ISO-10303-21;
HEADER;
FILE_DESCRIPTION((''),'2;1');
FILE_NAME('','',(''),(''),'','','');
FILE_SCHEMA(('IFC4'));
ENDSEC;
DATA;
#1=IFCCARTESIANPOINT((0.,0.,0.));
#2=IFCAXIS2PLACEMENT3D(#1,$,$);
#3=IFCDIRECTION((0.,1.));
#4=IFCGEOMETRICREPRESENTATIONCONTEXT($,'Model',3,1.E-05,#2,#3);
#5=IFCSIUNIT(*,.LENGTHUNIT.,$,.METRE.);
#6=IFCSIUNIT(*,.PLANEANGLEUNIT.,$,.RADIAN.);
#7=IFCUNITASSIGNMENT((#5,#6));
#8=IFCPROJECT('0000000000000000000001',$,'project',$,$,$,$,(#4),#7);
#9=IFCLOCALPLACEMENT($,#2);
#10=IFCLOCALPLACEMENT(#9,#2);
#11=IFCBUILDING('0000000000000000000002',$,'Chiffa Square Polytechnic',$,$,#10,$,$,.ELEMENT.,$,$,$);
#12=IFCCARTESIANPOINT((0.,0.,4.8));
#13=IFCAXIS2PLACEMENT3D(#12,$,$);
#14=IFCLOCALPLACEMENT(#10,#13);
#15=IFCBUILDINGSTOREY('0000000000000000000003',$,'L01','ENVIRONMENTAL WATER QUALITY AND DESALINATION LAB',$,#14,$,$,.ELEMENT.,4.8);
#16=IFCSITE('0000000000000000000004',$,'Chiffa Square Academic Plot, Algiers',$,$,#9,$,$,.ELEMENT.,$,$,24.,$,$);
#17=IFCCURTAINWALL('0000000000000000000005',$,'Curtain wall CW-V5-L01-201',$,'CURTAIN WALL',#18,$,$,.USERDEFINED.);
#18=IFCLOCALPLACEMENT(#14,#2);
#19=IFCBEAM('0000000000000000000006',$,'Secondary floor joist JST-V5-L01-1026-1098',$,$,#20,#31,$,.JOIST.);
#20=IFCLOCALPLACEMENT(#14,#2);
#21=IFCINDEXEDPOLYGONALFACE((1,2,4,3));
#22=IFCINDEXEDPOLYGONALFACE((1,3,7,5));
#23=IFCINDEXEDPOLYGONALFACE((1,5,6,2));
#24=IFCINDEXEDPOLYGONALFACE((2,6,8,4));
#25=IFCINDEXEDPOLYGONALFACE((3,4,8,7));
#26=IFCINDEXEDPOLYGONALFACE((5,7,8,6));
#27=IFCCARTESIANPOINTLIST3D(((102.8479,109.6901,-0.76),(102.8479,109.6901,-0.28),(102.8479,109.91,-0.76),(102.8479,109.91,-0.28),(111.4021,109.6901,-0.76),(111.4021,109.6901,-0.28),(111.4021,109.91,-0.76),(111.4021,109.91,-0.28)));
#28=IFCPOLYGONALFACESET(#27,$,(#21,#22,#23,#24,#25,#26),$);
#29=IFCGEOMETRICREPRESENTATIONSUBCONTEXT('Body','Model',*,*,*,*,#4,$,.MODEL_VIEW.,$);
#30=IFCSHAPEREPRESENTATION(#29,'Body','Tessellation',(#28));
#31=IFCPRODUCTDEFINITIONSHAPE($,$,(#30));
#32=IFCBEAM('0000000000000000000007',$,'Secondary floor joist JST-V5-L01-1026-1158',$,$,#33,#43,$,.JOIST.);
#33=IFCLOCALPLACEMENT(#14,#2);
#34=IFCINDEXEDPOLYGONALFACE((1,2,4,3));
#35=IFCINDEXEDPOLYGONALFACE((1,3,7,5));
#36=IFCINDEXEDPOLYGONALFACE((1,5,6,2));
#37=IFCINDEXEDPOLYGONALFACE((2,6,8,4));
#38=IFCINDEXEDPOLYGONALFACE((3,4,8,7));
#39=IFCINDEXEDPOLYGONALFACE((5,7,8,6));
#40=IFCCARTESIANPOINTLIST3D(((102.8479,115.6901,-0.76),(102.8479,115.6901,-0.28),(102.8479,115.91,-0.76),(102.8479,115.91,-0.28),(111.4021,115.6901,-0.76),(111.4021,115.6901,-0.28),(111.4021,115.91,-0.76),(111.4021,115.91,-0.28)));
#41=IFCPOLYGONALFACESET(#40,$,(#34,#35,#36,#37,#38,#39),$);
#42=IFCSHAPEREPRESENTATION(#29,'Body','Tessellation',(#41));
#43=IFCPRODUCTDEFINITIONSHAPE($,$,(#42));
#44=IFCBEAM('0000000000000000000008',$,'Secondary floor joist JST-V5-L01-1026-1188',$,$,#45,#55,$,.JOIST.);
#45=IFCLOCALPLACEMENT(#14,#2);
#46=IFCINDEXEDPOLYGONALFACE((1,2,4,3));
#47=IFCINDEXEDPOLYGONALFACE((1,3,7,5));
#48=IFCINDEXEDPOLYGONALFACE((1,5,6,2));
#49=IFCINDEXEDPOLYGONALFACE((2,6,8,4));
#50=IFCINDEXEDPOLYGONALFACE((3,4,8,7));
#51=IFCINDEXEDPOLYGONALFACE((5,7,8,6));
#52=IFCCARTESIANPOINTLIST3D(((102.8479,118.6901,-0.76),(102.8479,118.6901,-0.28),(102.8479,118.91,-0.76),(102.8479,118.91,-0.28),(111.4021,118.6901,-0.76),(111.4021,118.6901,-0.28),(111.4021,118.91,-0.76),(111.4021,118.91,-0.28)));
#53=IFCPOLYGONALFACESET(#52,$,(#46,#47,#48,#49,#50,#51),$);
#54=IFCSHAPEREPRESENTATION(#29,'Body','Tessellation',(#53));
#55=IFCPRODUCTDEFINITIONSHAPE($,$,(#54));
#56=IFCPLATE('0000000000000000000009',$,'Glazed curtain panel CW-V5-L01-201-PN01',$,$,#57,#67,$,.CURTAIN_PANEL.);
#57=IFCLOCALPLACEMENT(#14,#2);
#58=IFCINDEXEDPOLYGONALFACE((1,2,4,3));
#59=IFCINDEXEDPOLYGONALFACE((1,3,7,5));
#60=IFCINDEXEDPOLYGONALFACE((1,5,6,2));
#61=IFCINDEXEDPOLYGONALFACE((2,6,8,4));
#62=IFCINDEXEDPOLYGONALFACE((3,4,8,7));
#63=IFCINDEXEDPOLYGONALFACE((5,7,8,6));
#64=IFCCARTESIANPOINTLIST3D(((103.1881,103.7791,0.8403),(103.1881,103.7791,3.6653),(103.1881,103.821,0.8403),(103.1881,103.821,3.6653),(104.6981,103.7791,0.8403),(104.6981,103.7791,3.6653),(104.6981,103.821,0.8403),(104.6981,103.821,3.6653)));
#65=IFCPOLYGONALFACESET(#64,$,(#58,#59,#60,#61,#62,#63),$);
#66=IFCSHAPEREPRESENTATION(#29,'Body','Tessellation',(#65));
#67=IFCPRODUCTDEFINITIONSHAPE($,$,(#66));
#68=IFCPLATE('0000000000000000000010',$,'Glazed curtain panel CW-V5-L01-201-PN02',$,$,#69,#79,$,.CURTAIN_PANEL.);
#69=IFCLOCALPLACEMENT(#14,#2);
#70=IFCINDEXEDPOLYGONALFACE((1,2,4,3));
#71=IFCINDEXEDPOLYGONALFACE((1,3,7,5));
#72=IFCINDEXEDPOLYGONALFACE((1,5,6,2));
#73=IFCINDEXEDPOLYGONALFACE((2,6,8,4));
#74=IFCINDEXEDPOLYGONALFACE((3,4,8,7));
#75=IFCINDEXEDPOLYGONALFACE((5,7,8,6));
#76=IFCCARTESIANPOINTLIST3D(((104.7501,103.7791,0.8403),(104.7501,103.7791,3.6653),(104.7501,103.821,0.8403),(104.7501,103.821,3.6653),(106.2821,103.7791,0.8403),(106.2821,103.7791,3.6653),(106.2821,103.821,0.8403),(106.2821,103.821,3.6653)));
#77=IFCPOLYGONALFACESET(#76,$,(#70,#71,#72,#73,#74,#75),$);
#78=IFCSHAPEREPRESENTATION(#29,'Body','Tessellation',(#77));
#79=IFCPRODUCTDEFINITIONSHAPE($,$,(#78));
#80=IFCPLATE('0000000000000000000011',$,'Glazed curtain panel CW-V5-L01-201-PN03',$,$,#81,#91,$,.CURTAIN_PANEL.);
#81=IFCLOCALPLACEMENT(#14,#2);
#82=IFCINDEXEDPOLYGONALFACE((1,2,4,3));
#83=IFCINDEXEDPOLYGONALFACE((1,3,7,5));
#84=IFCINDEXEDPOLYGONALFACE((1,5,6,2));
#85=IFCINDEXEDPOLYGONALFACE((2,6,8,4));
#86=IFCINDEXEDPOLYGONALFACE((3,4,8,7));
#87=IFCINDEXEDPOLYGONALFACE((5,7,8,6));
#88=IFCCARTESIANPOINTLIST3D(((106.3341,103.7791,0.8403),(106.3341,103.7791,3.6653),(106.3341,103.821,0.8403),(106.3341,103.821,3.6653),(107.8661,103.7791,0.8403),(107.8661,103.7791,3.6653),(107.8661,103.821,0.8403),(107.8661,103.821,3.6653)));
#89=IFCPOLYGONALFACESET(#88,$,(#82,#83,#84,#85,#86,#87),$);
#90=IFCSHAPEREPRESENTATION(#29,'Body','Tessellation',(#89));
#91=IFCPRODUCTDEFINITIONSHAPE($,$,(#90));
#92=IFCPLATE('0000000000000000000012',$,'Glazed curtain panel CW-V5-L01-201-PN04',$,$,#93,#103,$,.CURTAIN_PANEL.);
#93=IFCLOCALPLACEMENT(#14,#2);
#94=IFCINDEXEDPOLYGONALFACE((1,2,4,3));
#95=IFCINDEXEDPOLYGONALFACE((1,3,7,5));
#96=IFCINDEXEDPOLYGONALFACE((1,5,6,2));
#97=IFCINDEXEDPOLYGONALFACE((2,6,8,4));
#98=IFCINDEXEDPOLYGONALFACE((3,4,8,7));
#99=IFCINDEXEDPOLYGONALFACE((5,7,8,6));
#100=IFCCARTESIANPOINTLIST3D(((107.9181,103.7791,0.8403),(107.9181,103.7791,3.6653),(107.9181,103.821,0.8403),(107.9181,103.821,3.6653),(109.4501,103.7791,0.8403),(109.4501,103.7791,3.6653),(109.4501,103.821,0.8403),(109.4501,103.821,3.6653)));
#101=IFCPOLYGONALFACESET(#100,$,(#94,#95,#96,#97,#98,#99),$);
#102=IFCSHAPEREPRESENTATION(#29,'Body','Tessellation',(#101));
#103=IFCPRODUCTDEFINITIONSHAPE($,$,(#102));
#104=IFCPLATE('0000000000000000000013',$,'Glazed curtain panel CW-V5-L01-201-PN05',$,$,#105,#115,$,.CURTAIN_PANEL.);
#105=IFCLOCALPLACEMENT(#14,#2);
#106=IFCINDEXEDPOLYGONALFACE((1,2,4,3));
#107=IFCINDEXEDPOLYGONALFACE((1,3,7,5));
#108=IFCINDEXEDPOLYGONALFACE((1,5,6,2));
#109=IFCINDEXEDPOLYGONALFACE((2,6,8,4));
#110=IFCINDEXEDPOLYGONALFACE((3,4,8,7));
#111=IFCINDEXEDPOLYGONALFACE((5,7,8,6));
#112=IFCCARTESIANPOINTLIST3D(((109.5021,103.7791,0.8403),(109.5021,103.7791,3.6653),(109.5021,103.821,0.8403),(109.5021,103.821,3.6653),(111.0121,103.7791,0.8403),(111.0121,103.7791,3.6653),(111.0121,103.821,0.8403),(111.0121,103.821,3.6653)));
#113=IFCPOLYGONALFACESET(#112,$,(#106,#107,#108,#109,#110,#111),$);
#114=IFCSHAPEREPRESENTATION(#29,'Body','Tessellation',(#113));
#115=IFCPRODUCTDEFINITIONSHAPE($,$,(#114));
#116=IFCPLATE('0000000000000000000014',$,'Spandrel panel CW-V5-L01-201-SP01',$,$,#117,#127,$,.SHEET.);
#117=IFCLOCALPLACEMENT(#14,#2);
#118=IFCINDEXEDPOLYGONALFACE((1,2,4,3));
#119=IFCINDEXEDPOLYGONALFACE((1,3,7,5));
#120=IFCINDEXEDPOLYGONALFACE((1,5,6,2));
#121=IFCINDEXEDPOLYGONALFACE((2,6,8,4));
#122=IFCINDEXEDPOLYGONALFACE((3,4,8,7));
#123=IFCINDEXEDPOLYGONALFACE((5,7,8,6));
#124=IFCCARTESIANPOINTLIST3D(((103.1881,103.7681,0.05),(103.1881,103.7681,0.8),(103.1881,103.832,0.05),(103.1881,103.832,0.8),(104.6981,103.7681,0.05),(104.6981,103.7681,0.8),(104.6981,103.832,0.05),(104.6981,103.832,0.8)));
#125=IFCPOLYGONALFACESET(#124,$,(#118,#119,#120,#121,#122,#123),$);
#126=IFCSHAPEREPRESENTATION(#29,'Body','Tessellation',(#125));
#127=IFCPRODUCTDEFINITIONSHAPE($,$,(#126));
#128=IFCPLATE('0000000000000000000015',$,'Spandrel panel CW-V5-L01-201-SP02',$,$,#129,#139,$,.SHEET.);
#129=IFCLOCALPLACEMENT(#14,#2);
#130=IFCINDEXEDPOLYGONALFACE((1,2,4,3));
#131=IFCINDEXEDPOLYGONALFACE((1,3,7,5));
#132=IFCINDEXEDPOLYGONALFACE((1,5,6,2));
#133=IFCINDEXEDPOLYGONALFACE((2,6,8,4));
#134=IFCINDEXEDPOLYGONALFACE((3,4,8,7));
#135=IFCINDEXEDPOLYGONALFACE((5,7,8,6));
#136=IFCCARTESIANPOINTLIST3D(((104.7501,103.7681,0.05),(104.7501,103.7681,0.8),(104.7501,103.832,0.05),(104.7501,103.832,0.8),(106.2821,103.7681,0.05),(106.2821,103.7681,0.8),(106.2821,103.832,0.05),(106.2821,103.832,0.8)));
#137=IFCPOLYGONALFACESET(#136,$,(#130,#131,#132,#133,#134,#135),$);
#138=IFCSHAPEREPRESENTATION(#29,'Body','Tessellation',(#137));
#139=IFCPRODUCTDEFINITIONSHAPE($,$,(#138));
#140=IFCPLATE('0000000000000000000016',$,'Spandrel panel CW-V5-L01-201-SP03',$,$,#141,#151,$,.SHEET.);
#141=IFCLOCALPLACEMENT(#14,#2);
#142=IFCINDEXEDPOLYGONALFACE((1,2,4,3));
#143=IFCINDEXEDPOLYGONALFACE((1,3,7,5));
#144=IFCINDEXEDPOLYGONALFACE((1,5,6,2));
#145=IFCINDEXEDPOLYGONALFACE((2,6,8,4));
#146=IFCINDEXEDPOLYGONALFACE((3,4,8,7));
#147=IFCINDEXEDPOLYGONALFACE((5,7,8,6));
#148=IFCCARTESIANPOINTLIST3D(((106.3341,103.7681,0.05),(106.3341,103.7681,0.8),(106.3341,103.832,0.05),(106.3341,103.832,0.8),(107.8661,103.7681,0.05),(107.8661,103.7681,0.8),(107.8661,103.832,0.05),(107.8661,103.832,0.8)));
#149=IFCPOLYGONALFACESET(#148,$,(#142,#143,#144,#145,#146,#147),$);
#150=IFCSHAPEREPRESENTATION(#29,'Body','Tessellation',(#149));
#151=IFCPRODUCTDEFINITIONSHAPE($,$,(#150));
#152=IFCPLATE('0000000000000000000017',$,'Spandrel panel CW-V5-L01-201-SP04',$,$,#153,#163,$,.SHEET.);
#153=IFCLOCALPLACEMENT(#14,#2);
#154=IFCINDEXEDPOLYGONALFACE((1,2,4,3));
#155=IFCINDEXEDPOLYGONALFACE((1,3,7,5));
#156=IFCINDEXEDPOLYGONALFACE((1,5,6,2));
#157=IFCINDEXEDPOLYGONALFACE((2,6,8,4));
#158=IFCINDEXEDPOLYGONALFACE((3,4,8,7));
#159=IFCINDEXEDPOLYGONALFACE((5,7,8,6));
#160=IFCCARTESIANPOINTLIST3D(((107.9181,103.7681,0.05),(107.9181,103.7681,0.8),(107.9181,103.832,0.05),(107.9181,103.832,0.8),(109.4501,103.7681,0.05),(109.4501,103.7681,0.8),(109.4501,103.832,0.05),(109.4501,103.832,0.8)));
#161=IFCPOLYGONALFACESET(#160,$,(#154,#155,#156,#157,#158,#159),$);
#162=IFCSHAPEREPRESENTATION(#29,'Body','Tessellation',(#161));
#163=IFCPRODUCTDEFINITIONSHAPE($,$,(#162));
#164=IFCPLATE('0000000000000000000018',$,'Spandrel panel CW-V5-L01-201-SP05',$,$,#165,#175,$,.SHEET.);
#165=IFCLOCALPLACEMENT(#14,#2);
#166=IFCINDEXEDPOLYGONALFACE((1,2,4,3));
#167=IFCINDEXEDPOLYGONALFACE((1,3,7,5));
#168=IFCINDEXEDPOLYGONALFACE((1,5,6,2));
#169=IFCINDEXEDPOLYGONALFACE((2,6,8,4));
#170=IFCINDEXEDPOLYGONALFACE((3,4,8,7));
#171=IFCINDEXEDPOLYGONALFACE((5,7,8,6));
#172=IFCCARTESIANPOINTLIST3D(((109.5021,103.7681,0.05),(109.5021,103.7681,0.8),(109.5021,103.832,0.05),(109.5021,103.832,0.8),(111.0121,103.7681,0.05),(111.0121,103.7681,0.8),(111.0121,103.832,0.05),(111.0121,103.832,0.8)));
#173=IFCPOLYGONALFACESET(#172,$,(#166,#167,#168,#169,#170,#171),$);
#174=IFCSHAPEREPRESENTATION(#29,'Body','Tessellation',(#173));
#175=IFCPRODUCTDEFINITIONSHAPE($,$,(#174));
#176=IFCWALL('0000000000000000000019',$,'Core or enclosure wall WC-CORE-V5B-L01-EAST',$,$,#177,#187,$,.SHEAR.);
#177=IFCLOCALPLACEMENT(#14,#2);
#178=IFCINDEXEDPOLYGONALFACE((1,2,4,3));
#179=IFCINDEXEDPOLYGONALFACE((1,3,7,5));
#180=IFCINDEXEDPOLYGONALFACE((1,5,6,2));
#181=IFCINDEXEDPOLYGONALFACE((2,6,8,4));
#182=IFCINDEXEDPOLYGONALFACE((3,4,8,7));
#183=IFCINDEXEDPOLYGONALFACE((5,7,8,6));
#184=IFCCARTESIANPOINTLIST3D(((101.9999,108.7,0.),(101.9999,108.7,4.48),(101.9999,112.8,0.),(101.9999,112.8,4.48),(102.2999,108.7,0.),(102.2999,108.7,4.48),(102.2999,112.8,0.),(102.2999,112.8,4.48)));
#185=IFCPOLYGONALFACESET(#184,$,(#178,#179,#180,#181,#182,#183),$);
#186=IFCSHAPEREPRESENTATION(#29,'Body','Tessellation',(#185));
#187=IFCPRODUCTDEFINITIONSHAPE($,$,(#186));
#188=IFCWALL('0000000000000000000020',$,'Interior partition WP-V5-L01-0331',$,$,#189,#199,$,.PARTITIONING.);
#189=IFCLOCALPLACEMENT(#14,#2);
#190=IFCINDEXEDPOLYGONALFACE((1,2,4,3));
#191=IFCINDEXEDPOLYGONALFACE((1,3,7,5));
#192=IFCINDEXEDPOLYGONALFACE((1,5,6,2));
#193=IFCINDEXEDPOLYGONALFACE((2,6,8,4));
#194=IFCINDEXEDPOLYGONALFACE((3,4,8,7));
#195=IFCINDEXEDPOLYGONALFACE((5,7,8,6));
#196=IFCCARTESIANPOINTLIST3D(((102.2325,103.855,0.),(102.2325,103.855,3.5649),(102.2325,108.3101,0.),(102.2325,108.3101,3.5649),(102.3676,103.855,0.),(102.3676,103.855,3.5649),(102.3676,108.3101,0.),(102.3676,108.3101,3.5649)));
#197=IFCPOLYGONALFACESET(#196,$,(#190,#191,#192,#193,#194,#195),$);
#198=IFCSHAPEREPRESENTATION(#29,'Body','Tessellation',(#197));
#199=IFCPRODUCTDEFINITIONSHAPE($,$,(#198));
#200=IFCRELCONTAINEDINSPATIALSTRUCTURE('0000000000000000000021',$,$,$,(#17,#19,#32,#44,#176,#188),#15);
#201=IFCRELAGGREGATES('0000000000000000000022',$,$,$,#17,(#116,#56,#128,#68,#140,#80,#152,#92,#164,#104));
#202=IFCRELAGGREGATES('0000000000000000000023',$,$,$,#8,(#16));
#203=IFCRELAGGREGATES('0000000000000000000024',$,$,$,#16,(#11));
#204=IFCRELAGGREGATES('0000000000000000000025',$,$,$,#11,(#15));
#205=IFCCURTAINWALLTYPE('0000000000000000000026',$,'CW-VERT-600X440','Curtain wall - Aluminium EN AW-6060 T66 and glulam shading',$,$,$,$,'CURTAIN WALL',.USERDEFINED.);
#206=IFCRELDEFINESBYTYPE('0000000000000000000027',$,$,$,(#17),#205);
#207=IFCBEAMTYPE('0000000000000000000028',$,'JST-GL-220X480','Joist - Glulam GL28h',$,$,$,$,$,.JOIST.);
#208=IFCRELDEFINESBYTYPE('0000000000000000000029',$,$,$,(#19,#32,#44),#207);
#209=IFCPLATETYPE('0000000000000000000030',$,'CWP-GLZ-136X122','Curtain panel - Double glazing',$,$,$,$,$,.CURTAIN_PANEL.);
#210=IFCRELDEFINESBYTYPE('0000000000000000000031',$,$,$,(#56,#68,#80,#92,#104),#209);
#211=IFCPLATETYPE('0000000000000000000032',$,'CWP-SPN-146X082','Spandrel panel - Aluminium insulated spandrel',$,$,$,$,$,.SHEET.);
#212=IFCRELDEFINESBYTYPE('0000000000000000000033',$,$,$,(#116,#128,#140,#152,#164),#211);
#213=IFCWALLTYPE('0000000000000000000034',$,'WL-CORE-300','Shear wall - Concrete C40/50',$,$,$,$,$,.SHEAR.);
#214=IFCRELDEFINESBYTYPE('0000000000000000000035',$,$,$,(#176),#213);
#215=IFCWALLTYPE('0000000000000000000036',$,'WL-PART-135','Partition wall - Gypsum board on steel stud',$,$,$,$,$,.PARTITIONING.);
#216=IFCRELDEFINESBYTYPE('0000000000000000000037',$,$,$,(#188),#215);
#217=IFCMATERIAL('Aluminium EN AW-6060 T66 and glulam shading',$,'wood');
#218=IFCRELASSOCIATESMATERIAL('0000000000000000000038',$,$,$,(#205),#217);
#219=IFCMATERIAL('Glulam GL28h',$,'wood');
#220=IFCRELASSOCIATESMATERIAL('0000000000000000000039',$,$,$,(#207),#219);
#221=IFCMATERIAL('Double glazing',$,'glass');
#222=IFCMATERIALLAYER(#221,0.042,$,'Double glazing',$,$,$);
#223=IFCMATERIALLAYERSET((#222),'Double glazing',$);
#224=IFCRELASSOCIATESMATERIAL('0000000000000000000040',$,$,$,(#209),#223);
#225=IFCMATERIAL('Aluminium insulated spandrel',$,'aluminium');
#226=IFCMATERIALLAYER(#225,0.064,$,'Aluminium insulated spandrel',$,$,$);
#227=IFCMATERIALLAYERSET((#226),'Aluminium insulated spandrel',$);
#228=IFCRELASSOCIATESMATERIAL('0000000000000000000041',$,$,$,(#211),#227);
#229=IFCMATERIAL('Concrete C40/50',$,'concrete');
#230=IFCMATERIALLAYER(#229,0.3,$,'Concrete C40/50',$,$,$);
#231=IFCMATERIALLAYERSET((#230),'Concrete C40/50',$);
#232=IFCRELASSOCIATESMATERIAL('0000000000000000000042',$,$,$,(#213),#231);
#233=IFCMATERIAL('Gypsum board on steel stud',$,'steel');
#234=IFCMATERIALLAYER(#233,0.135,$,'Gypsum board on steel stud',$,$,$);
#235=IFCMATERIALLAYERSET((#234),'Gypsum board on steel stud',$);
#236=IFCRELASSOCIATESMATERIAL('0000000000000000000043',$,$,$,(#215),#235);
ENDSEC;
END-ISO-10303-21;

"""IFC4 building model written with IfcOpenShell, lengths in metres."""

from ifc_helpers import new_model, si_unit, direction, frame, frame_2d, origin, origin_2d, place, context, subcontext, project, spatial, rectangle, extrude, material, layer, layer_set, material_profile, profile_set, type_object, element, aggregate, save


model = new_model("IFC4")

# Units and contexts
model_context = context("Model", 3, precision=1e-05, world=origin(), true_north=direction((0.0, 1.0)))
body_context = subcontext(model_context, "Body", "Model", "MODEL_VIEW")
ifc_project = project(units=[si_unit("LENGTHUNIT", "METRE"), si_unit("PLANEANGLEUNIT", "RADIAN")], contexts=[model_context])

# Site, building, storey
site_placement = place(None, origin())
site = spatial("IfcSite", under=ifc_project, at=site_placement, Name="Chiffa Square Academic Plot, Algiers", CompositionType="ELEMENT", RefElevation=24.0)
building_placement = place(site_placement, origin())
building = spatial("IfcBuilding", under=site, at=building_placement, Name="Chiffa Square Polytechnic", CompositionType="ELEMENT")
storey_placement = place(building_placement, frame((0.0, 0.0, 4.8)))
storey = spatial("IfcBuildingStorey", under=building, at=storey_placement, Name="L01", Description="ENVIRONMENTAL WATER QUALITY AND DESALINATION LAB", CompositionType="ELEMENT", Elevation=4.8)

# Shared definitions
ifc_material_1 = material(Name="Concrete C40/50", Category="concrete")

# Curtain wall
ifc_material_2 = material(Name="Aluminium EN AW-6060 T66 and glulam shading", Category="wood")
curtain_wall_type = type_object("IfcCurtainWallType", Name="CW-VERT-600X440", Description="Curtain wall - Aluminium EN AW-6060 T66 and glulam shading", ElementType="CURTAIN WALL", PredefinedType="USERDEFINED", material=ifc_material_2)
curtain_wall_placement = place(storey_placement, origin())
curtain_wall = element("IfcCurtainWall", 1, at=curtain_wall_placement, inside=storey, type_object=curtain_wall_type, Name="Curtain wall CW-V5-L01-201", ObjectType="CURTAIN WALL", PredefinedType="USERDEFINED")

# Beams
ifc_material_3 = material(Name="Glulam GL28h", Category="wood")
ifc_material_profile_1 = material_profile(ifc_material_3, rectangle(XDim=0.22, YDim=0.48, at=origin_2d()), Name="GL28h 220x480")
ifc_profile_set_1 = profile_set([ifc_material_profile_1], Name="Glulam GL28h")
beam_type_1 = type_object("IfcBeamType", Name="JST-GL-220X480", Description="Joist - Glulam GL28h", PredefinedType="JOIST", material=ifc_profile_set_1)
for number, where, z_axis, x_axis, name in (
    (2, (102.8479, 109.8, -0.52), (1.0, 0.0, 0.0), (0.0, 1.0, 0.0), "Secondary floor joist JST-V5-L01-1026-1098"),
    (3, (102.8479, 115.8, -0.52), (1.0, 0.0, 0.0), (0.0, 1.0, 0.0), "Secondary floor joist JST-V5-L01-1026-1158"),
    (4, (102.8479, 118.8, -0.52), (1.0, 0.0, 0.0), (0.0, 1.0, 0.0), "Secondary floor joist JST-V5-L01-1026-1188"),
):
    element("IfcBeam", number, at=place(storey_placement, frame(where, z_axis=z_axis, x_axis=x_axis)), inside=storey, type_object=beam_type_1, Name=name, PredefinedType="JOIST", context=body_context, shape_type="SweptSolid", body=[
        extrude(rectangle(XDim=0.22, YDim=0.48, at=origin_2d()), origin(), (0.0, 0.0, 1.0), 8.5542),
    ])

# Plates
ifc_material_4 = material(Name="Double glazing", Category="glass")
ifc_layer_1 = layer(ifc_material_4, 0.042, Name="Double glazing")
ifc_layer_set_1 = layer_set([ifc_layer_1], Name="Double glazing")
plate_type_1 = type_object("IfcPlateType", Name="CWP-GLZ-136X122", Description="Curtain panel - Double glazing", PredefinedType="CURTAIN_PANEL", material=ifc_layer_set_1)
plate_1_placement = place(storey_placement, frame((103.9431, 103.8, 0.8403), z_axis=(0.0, 0.0, 1.0), x_axis=(1.0, 0.0, 0.0)))
plate_1 = element("IfcPlate", 5, at=plate_1_placement, type_object=plate_type_1, Name="Glazed curtain panel CW-V5-L01-201-PN01", PredefinedType="CURTAIN_PANEL", context=body_context, shape_type="SweptSolid", body=[
    extrude(rectangle(XDim=1.51, YDim=0.042, at=origin_2d()), origin(), (0.0, 0.0, 1.0), 2.825),
])
plate_2_placement = place(storey_placement, frame((105.5161, 103.8, 0.8403), z_axis=(0.0, 0.0, 1.0), x_axis=(1.0, 0.0, 0.0)))
plate_2 = element("IfcPlate", 6, at=plate_2_placement, type_object=plate_type_1, Name="Glazed curtain panel CW-V5-L01-201-PN02", PredefinedType="CURTAIN_PANEL", context=body_context, shape_type="SweptSolid", body=[
    extrude(rectangle(XDim=1.532, YDim=0.042, at=origin_2d()), origin(), (0.0, 0.0, 1.0), 2.825),
])
plate_3_placement = place(storey_placement, frame((107.1001, 103.8, 0.8403), z_axis=(0.0, 0.0, 1.0), x_axis=(1.0, 0.0, 0.0)))
plate_3 = element("IfcPlate", 7, at=plate_3_placement, type_object=plate_type_1, Name="Glazed curtain panel CW-V5-L01-201-PN03", PredefinedType="CURTAIN_PANEL", context=body_context, shape_type="SweptSolid", body=[
    extrude(rectangle(XDim=1.532, YDim=0.042, at=origin_2d()), origin(), (0.0, 0.0, 1.0), 2.825),
])
plate_4_placement = place(storey_placement, frame((108.6841, 103.8, 0.8403), z_axis=(0.0, 0.0, 1.0), x_axis=(1.0, 0.0, 0.0)))
plate_4 = element("IfcPlate", 8, at=plate_4_placement, type_object=plate_type_1, Name="Glazed curtain panel CW-V5-L01-201-PN04", PredefinedType="CURTAIN_PANEL", context=body_context, shape_type="SweptSolid", body=[
    extrude(rectangle(XDim=1.532, YDim=0.042, at=origin_2d()), origin(), (0.0, 0.0, 1.0), 2.825),
])
plate_5_placement = place(storey_placement, frame((110.2571, 103.8, 0.8403), z_axis=(0.0, 0.0, 1.0), x_axis=(1.0, 0.0, 0.0)))
plate_5 = element("IfcPlate", 9, at=plate_5_placement, type_object=plate_type_1, Name="Glazed curtain panel CW-V5-L01-201-PN05", PredefinedType="CURTAIN_PANEL", context=body_context, shape_type="SweptSolid", body=[
    extrude(rectangle(XDim=1.51, YDim=0.042, at=origin_2d()), origin(), (0.0, 0.0, 1.0), 2.825),
])
ifc_material_5 = material(Name="Aluminium insulated spandrel", Category="aluminium")
ifc_layer_2 = layer(ifc_material_5, 0.064, Name="Aluminium insulated spandrel")
ifc_layer_set_2 = layer_set([ifc_layer_2], Name="Aluminium insulated spandrel")
plate_type_2 = type_object("IfcPlateType", Name="CWP-SPN-146X082", Description="Spandrel panel - Aluminium insulated spandrel", PredefinedType="SHEET", material=ifc_layer_set_2)
plate_6_placement = place(storey_placement, frame((103.9431, 103.8, 0.05), z_axis=(0.0, 0.0, 1.0), x_axis=(1.0, 0.0, 0.0)))
plate_6 = element("IfcPlate", 10, at=plate_6_placement, type_object=plate_type_2, Name="Spandrel panel CW-V5-L01-201-SP01", PredefinedType="SHEET", context=body_context, shape_type="SweptSolid", body=[
    extrude(rectangle(XDim=1.51, YDim=0.064, at=origin_2d()), origin(), (0.0, 0.0, 1.0), 0.75),
])
plate_7_placement = place(storey_placement, frame((105.5161, 103.8, 0.05), z_axis=(0.0, 0.0, 1.0), x_axis=(1.0, 0.0, 0.0)))
plate_7 = element("IfcPlate", 11, at=plate_7_placement, type_object=plate_type_2, Name="Spandrel panel CW-V5-L01-201-SP02", PredefinedType="SHEET", context=body_context, shape_type="SweptSolid", body=[
    extrude(rectangle(XDim=1.532, YDim=0.064, at=origin_2d()), origin(), (0.0, 0.0, 1.0), 0.75),
])
plate_8_placement = place(storey_placement, frame((107.1001, 103.8, 0.05), z_axis=(0.0, 0.0, 1.0), x_axis=(1.0, 0.0, 0.0)))
plate_8 = element("IfcPlate", 12, at=plate_8_placement, type_object=plate_type_2, Name="Spandrel panel CW-V5-L01-201-SP03", PredefinedType="SHEET", context=body_context, shape_type="SweptSolid", body=[
    extrude(rectangle(XDim=1.532, YDim=0.064, at=origin_2d()), origin(), (0.0, 0.0, 1.0), 0.75),
])
plate_9_placement = place(storey_placement, frame((108.6841, 103.8, 0.05), z_axis=(0.0, 0.0, 1.0), x_axis=(1.0, 0.0, 0.0)))
plate_9 = element("IfcPlate", 13, at=plate_9_placement, type_object=plate_type_2, Name="Spandrel panel CW-V5-L01-201-SP04", PredefinedType="SHEET", context=body_context, shape_type="SweptSolid", body=[
    extrude(rectangle(XDim=1.532, YDim=0.064, at=origin_2d()), origin(), (0.0, 0.0, 1.0), 0.75),
])
plate_10_placement = place(storey_placement, frame((110.2571, 103.8, 0.05), z_axis=(0.0, 0.0, 1.0), x_axis=(1.0, 0.0, 0.0)))
plate_10 = element("IfcPlate", 14, at=plate_10_placement, type_object=plate_type_2, Name="Spandrel panel CW-V5-L01-201-SP05", PredefinedType="SHEET", context=body_context, shape_type="SweptSolid", body=[
    extrude(rectangle(XDim=1.51, YDim=0.064, at=origin_2d()), origin(), (0.0, 0.0, 1.0), 0.75),
])
aggregate(curtain_wall, [plate_6, plate_1, plate_7, plate_2, plate_8, plate_3, plate_9, plate_4, plate_10, plate_5])

# Walls
ifc_layer_3 = layer(ifc_material_1, 0.3, Name="Concrete C40/50")
ifc_layer_set_3 = layer_set([ifc_layer_3], Name="Concrete C40/50")
wall_type_1 = type_object("IfcWallType", Name="WL-CORE-300", Description="Shear wall - Concrete C40/50", PredefinedType="SHEAR", material=ifc_layer_set_3)
wall_1_placement = place(storey_placement, frame((102.1499, 108.7, 0.0), z_axis=(0.0, 0.0, 1.0), x_axis=(0.0, 1.0, 0.0)))
element("IfcWall", 15, at=wall_1_placement, inside=storey, type_object=wall_type_1, Name="Core or enclosure wall WC-CORE-V5B-L01-EAST", PredefinedType="SHEAR", context=body_context, shape_type="SweptSolid", body=[
    extrude(rectangle(XDim=4.1001, YDim=0.3, at=frame_2d((2.05, 0.0))), origin(), (0.0, 0.0, 1.0), 4.48),
])
ifc_material_6 = material(Name="Gypsum board on steel stud", Category="steel")
ifc_layer_4 = layer(ifc_material_6, 0.135, Name="Gypsum board on steel stud")
ifc_layer_set_4 = layer_set([ifc_layer_4], Name="Gypsum board on steel stud")
wall_type_2 = type_object("IfcWallType", Name="WL-PART-135", Description="Partition wall - Gypsum board on steel stud", PredefinedType="PARTITIONING", material=ifc_layer_set_4)
wall_2_placement = place(storey_placement, frame((102.3, 103.855, 0.0), z_axis=(0.0, 0.0, 1.0), x_axis=(0.0, 1.0, 0.0)))
element("IfcWall", 16, at=wall_2_placement, inside=storey, type_object=wall_type_2, Name="Interior partition WP-V5-L01-0331", PredefinedType="PARTITIONING", context=body_context, shape_type="SweptSolid", body=[
    extrude(rectangle(XDim=4.4551, YDim=0.135, at=frame_2d((2.2275, 0.0))), origin(), (0.0, 0.0, 1.0), 3.5649),
])

save(model, "model.ifc")
